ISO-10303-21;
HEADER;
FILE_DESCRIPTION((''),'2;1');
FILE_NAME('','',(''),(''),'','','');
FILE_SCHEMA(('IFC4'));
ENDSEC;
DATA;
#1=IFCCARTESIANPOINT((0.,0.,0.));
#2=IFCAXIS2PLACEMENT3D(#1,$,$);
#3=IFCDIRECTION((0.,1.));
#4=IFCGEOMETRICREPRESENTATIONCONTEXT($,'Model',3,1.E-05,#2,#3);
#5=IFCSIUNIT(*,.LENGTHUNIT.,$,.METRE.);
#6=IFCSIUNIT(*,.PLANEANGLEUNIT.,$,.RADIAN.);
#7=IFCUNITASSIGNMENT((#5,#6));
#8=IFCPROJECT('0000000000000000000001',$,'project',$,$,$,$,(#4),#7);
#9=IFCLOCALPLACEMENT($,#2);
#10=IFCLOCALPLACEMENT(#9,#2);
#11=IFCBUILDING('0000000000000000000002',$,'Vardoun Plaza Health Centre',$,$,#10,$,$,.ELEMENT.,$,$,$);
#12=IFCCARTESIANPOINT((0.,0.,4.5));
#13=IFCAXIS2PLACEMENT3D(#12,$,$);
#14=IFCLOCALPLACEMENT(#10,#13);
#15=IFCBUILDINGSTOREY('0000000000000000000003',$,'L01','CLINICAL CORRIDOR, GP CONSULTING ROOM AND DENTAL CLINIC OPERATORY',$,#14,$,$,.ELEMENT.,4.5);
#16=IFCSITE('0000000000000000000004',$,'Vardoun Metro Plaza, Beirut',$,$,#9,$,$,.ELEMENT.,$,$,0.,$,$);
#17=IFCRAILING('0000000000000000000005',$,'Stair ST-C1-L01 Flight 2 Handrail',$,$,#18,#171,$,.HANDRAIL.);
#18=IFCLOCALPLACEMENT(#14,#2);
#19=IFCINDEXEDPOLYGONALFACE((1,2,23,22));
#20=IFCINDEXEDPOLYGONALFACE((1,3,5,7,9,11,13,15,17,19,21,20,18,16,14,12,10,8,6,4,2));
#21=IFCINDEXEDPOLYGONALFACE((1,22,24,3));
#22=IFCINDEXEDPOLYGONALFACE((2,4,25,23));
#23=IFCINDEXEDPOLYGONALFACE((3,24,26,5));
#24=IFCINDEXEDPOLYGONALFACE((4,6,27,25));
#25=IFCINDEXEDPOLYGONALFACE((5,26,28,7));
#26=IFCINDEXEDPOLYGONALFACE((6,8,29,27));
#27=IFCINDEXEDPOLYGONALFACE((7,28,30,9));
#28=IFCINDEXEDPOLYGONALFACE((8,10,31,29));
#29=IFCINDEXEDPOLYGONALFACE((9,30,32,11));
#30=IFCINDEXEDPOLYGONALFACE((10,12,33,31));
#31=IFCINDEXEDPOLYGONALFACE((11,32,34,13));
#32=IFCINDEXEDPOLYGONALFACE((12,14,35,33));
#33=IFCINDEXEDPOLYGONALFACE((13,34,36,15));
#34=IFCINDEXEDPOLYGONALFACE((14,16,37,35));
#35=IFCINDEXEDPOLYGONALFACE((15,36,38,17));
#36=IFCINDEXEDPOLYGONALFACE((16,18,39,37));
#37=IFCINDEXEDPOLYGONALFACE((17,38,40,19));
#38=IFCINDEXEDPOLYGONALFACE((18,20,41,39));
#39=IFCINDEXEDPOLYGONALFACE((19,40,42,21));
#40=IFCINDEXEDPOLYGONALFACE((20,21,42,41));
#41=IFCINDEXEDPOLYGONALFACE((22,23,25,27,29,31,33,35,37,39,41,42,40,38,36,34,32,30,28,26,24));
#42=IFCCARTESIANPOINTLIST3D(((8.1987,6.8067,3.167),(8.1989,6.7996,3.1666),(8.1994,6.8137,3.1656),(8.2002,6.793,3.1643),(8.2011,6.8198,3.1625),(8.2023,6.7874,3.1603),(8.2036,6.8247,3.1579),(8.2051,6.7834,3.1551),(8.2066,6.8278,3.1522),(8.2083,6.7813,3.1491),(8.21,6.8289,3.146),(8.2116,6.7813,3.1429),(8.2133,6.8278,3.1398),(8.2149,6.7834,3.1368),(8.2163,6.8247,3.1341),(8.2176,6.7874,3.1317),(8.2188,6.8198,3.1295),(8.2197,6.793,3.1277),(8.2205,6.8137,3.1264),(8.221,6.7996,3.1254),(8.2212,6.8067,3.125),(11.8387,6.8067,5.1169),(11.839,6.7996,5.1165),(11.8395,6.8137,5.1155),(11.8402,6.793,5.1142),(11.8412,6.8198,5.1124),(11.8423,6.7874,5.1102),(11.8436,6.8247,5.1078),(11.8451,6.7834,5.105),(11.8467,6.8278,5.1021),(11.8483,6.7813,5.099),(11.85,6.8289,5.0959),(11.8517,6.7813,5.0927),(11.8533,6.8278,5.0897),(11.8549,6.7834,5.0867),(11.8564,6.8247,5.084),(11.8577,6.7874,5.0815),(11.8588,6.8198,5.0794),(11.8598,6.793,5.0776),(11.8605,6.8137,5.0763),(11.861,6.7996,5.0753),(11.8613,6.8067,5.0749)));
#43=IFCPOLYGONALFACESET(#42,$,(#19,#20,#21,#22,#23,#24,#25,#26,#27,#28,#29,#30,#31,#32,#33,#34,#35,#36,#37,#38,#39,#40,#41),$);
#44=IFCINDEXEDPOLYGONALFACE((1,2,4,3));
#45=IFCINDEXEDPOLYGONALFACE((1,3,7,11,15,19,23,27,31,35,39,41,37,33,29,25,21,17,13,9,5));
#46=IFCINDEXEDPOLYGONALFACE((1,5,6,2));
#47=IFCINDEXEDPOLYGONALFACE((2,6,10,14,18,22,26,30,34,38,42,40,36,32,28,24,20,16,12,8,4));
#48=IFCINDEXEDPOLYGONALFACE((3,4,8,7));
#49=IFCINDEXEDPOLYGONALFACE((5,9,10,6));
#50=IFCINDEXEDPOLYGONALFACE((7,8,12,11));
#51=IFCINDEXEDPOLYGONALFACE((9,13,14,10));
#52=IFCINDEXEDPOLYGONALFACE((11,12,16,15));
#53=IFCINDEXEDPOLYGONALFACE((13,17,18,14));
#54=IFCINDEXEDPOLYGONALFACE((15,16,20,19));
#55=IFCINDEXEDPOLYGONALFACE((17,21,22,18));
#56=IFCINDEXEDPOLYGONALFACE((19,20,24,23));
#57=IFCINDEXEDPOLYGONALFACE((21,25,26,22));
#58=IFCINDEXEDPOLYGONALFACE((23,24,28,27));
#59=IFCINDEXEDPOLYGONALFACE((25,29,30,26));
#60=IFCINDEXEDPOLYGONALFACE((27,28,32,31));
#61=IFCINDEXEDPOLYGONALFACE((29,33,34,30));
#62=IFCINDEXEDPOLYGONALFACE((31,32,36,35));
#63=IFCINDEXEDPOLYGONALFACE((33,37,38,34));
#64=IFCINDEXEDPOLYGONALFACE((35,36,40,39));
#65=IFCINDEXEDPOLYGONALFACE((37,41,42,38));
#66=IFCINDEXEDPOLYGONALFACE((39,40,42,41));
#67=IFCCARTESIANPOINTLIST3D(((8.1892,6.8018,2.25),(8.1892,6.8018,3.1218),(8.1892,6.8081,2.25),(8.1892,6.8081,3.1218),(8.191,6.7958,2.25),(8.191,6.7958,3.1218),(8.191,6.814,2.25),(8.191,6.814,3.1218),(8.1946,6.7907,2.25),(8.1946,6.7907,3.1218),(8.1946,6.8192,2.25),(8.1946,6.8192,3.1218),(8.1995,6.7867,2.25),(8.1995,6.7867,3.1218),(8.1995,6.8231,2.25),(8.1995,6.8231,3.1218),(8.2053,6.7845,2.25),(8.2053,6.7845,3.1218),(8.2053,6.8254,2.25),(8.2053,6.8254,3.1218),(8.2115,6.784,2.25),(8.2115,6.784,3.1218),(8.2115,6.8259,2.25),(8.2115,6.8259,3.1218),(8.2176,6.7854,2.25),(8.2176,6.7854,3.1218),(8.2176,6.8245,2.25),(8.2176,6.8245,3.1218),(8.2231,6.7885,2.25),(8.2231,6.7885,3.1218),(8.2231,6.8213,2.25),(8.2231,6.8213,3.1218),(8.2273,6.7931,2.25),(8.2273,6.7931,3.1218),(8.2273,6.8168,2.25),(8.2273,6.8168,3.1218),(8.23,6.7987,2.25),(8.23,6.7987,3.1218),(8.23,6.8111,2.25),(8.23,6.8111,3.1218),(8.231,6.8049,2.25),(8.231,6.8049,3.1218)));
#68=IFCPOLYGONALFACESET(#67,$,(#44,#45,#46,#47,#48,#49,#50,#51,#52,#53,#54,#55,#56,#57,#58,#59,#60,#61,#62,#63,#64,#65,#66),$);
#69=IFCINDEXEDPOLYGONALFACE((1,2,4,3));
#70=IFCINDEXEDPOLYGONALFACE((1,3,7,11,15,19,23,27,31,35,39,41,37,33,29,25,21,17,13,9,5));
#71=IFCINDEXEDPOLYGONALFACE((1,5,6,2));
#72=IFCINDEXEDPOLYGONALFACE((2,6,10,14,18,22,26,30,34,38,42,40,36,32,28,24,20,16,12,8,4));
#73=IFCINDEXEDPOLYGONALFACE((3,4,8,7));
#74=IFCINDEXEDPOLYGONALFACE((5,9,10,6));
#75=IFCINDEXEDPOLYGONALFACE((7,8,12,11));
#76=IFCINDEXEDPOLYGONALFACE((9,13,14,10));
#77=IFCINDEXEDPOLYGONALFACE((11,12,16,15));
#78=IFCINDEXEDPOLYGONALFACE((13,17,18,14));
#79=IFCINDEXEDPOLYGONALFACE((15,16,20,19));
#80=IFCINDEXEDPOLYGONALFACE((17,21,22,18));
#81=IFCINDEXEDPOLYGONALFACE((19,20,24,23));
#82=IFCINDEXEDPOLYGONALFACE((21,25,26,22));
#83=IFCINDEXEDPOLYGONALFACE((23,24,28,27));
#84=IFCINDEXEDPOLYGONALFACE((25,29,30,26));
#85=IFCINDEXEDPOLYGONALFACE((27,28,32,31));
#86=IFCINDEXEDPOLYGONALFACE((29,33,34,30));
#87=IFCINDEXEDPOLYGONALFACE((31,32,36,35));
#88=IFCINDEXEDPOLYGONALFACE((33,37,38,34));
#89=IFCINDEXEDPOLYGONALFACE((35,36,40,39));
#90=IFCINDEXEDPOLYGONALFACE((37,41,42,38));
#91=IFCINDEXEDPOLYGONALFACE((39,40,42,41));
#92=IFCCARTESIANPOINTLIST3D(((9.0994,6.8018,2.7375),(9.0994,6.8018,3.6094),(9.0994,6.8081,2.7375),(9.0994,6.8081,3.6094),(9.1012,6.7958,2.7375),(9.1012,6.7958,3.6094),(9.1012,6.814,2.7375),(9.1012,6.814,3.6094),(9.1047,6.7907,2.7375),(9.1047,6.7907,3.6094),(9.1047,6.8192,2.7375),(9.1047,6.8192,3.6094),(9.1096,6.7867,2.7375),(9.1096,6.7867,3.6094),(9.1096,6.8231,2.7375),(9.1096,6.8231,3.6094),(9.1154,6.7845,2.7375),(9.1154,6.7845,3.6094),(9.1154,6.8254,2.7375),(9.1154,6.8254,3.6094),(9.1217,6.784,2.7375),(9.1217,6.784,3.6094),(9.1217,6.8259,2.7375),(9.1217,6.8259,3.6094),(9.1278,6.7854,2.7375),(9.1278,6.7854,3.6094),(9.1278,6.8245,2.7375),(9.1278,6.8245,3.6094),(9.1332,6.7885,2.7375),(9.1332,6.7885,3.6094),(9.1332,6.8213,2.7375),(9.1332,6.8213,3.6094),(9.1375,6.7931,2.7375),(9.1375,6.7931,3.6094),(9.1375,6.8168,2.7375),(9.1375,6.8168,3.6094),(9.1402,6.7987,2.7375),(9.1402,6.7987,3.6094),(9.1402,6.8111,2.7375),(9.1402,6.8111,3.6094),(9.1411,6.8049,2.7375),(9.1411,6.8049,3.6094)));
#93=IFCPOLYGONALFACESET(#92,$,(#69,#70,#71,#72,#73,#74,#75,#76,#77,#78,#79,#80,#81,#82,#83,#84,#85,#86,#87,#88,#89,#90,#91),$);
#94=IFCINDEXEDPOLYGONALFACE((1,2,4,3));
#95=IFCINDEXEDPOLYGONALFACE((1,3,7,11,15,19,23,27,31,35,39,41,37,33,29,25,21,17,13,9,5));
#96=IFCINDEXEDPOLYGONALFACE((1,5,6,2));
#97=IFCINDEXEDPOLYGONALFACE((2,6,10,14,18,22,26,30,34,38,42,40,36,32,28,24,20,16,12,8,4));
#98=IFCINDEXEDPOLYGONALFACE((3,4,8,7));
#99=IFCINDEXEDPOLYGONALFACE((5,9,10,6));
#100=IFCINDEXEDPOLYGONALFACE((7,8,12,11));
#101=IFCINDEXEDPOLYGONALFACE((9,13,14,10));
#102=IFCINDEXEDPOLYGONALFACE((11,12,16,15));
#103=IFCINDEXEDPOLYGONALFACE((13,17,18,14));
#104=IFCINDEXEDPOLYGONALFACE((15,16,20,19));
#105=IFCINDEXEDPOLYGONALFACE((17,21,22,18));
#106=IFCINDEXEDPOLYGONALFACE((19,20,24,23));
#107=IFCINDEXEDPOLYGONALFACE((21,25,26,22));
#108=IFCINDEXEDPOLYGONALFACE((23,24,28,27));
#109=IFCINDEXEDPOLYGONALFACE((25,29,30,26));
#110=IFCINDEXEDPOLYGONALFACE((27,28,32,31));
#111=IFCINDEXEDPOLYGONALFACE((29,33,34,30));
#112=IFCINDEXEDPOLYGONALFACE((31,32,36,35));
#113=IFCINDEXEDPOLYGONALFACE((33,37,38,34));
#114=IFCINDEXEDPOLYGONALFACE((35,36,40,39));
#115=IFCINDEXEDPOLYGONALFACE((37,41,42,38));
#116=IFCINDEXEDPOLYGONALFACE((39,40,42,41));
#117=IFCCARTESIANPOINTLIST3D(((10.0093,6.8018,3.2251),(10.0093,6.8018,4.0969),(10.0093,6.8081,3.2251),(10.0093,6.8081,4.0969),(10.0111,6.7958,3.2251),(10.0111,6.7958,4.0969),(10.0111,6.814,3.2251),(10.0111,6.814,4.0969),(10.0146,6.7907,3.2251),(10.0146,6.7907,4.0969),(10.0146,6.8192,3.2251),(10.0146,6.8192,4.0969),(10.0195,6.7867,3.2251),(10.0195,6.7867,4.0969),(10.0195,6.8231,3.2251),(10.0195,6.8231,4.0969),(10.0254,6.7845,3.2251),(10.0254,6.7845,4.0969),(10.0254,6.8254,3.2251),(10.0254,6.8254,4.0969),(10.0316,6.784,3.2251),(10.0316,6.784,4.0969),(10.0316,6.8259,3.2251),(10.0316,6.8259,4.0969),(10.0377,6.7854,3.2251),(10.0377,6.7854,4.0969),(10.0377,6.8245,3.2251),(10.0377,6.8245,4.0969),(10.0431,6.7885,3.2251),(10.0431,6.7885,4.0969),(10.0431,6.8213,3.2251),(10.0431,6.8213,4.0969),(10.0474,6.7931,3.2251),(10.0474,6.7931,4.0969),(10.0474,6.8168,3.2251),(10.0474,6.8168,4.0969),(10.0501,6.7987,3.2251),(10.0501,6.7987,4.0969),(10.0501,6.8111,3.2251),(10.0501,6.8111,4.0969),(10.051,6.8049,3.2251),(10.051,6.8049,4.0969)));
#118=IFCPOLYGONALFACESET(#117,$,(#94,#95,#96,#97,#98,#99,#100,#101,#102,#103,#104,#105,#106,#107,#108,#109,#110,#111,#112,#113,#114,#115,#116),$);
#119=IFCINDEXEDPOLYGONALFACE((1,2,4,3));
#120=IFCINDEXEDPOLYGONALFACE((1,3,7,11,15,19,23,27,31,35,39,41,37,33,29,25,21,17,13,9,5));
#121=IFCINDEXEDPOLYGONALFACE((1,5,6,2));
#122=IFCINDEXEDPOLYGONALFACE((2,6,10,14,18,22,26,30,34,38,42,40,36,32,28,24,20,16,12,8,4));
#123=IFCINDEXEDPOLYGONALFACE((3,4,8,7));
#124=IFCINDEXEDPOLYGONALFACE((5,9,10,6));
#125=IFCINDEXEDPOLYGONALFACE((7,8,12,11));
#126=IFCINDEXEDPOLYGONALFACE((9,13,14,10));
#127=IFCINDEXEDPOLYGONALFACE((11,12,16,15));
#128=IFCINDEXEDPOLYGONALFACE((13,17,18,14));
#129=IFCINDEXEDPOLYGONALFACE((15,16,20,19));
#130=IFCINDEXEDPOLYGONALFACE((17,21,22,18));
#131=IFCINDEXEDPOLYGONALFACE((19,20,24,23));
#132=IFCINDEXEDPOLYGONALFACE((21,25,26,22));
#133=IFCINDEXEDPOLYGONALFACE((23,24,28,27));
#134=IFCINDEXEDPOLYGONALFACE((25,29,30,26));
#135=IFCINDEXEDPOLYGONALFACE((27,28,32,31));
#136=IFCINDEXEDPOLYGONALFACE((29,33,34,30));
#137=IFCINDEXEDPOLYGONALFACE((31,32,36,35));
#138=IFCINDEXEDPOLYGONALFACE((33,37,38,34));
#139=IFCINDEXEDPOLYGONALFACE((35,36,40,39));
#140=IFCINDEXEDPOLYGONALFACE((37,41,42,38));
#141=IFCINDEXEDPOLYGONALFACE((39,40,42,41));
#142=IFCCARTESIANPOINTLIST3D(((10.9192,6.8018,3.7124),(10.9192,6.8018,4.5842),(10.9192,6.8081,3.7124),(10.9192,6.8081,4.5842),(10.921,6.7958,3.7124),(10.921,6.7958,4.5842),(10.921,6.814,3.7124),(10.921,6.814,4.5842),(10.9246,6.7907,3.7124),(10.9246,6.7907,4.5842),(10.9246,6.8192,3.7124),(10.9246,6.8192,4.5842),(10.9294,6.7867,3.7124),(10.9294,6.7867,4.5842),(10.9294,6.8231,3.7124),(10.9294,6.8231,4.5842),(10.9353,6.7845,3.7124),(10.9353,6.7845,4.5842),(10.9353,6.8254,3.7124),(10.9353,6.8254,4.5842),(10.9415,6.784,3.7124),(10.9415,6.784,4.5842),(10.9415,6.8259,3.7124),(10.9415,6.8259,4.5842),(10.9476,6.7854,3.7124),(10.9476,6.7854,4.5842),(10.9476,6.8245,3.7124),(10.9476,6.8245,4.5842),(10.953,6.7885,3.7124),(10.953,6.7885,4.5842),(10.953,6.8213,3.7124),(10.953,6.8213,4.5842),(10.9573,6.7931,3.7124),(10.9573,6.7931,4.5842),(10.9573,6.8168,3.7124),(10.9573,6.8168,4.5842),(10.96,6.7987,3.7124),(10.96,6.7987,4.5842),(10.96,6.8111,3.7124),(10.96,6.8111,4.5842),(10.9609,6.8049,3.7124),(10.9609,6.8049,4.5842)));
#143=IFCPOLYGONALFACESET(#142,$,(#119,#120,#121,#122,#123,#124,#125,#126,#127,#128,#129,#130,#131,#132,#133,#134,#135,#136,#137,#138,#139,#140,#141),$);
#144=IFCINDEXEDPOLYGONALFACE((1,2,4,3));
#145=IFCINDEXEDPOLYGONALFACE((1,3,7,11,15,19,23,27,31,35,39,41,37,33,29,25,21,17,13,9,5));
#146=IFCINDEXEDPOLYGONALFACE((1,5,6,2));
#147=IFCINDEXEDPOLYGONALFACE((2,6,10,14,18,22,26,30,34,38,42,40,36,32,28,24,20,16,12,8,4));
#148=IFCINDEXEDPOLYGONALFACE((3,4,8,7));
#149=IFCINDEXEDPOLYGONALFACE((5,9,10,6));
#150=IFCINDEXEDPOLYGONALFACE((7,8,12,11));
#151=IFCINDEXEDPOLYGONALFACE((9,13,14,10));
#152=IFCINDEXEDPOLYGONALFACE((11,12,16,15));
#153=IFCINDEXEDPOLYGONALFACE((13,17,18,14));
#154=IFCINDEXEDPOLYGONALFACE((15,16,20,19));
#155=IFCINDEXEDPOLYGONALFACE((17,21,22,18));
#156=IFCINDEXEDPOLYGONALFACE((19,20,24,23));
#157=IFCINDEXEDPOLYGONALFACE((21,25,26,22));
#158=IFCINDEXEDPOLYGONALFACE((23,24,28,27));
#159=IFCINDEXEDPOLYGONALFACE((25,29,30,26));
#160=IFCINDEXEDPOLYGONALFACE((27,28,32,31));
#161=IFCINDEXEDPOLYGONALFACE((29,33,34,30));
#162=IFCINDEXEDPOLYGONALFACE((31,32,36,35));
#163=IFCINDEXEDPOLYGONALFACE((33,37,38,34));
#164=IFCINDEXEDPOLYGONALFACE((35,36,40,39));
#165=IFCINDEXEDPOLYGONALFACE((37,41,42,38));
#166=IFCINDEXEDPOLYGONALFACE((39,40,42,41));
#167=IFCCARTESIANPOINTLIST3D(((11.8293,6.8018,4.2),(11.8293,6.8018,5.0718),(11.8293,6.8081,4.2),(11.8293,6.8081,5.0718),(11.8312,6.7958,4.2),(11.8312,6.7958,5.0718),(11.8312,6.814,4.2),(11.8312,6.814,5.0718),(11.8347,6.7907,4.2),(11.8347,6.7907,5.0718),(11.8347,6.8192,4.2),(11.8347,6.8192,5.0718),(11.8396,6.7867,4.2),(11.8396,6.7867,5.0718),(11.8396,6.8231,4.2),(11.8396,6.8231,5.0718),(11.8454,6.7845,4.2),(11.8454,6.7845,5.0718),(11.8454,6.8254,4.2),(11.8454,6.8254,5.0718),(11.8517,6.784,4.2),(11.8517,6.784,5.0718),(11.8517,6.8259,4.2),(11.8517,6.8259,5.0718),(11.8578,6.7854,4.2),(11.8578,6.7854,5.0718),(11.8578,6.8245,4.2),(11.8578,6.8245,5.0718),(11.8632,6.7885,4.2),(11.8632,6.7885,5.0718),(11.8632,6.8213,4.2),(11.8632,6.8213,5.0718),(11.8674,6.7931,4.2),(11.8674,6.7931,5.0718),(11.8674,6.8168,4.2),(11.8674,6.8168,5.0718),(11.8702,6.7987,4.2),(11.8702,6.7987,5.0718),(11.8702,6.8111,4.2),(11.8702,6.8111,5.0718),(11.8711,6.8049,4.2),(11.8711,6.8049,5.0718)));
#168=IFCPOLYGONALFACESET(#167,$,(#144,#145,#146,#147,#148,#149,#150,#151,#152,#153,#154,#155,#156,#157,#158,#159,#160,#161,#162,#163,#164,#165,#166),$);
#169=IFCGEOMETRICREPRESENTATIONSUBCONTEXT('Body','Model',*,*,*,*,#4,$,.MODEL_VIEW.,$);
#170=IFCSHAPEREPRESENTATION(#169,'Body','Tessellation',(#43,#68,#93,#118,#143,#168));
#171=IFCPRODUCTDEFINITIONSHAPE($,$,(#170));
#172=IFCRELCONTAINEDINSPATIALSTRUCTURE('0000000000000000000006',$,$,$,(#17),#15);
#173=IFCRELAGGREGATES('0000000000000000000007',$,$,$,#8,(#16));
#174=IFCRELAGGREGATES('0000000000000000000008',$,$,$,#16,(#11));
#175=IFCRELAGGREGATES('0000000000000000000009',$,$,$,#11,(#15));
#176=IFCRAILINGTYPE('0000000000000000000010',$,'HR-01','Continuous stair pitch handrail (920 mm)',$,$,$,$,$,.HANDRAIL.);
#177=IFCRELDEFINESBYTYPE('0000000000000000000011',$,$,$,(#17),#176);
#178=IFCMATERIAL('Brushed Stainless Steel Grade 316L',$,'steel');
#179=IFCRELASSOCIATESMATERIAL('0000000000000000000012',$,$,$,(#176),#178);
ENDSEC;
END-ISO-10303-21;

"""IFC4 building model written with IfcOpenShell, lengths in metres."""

from ifc_helpers import new_model, si_unit, direction, frame, origin, origin_2d, place, context, subcontext, project, spatial, circle, extrude, material, type_object, element, save


model = new_model("IFC4")

# Units and contexts
model_context = context("Model", 3, precision=1e-05, world=origin(), true_north=direction((0.0, 1.0)))
body_context = subcontext(model_context, "Body", "Model", "MODEL_VIEW")
ifc_project = project(units=[si_unit("LENGTHUNIT", "METRE"), si_unit("PLANEANGLEUNIT", "RADIAN")], contexts=[model_context])

# Site, building, storey
site_placement = place(None, origin())
site = spatial("IfcSite", under=ifc_project, at=site_placement, Name="Vardoun Metro Plaza, Beirut", CompositionType="ELEMENT", RefElevation=0.0)
building_placement = place(site_placement, origin())
building = spatial("IfcBuilding", under=site, at=building_placement, Name="Vardoun Plaza Health Centre", CompositionType="ELEMENT")
storey_placement = place(building_placement, frame((0.0, 0.0, 4.5)))
storey = spatial("IfcBuildingStorey", under=building, at=storey_placement, Name="L01", Description="CLINICAL CORRIDOR, GP CONSULTING ROOM AND DENTAL CLINIC OPERATORY", CompositionType="ELEMENT", Elevation=4.5)

# Railing
ifc_material_1 = material(Name="Brushed Stainless Steel Grade 316L", Category="steel")
railing_type_1 = type_object("IfcRailingType", Name="HR-01", Description="Continuous stair pitch handrail (920 mm)", PredefinedType="HANDRAIL", material=ifc_material_1)
railing_1_placement = place(storey_placement, frame((8.21, 6.8049, 2.25)))
element("IfcRailing", 1, at=railing_1_placement, inside=storey, type_object=railing_type_1, Name="Stair ST-C1-L01 Flight 2 Handrail", PredefinedType="HANDRAIL", context=body_context, shape_type="SweptSolid", body=[
    extrude(circle(Radius=0.0239, at=origin_2d()), frame((0.0, 0.0, 0.896), z_axis=(0.881492, 0.0, 0.472198), x_axis=(0.0, 1.0, 0.0)), (0.0, 0.0, 1.0), 4.1294),
    extrude(circle(Radius=0.021, at=origin_2d()), origin(), (0.0, 0.0, 1.0), 0.8718),
    extrude(circle(Radius=0.021, at=origin_2d()), frame((0.9102, 0.0, 0.4875)), (0.0, 0.0, 1.0), 0.8718),
    extrude(circle(Radius=0.021, at=origin_2d()), frame((1.8201, 0.0, 0.9751)), (0.0, 0.0, 1.0), 0.8718),
    extrude(circle(Radius=0.021, at=origin_2d()), frame((2.73, 0.0, 1.4624)), (0.0, 0.0, 1.0), 0.8718),
    extrude(circle(Radius=0.021, at=origin_2d()), frame((3.6401, 0.0, 1.95)), (0.0, 0.0, 1.0), 0.8718),
])

save(model, "model.ifc")
